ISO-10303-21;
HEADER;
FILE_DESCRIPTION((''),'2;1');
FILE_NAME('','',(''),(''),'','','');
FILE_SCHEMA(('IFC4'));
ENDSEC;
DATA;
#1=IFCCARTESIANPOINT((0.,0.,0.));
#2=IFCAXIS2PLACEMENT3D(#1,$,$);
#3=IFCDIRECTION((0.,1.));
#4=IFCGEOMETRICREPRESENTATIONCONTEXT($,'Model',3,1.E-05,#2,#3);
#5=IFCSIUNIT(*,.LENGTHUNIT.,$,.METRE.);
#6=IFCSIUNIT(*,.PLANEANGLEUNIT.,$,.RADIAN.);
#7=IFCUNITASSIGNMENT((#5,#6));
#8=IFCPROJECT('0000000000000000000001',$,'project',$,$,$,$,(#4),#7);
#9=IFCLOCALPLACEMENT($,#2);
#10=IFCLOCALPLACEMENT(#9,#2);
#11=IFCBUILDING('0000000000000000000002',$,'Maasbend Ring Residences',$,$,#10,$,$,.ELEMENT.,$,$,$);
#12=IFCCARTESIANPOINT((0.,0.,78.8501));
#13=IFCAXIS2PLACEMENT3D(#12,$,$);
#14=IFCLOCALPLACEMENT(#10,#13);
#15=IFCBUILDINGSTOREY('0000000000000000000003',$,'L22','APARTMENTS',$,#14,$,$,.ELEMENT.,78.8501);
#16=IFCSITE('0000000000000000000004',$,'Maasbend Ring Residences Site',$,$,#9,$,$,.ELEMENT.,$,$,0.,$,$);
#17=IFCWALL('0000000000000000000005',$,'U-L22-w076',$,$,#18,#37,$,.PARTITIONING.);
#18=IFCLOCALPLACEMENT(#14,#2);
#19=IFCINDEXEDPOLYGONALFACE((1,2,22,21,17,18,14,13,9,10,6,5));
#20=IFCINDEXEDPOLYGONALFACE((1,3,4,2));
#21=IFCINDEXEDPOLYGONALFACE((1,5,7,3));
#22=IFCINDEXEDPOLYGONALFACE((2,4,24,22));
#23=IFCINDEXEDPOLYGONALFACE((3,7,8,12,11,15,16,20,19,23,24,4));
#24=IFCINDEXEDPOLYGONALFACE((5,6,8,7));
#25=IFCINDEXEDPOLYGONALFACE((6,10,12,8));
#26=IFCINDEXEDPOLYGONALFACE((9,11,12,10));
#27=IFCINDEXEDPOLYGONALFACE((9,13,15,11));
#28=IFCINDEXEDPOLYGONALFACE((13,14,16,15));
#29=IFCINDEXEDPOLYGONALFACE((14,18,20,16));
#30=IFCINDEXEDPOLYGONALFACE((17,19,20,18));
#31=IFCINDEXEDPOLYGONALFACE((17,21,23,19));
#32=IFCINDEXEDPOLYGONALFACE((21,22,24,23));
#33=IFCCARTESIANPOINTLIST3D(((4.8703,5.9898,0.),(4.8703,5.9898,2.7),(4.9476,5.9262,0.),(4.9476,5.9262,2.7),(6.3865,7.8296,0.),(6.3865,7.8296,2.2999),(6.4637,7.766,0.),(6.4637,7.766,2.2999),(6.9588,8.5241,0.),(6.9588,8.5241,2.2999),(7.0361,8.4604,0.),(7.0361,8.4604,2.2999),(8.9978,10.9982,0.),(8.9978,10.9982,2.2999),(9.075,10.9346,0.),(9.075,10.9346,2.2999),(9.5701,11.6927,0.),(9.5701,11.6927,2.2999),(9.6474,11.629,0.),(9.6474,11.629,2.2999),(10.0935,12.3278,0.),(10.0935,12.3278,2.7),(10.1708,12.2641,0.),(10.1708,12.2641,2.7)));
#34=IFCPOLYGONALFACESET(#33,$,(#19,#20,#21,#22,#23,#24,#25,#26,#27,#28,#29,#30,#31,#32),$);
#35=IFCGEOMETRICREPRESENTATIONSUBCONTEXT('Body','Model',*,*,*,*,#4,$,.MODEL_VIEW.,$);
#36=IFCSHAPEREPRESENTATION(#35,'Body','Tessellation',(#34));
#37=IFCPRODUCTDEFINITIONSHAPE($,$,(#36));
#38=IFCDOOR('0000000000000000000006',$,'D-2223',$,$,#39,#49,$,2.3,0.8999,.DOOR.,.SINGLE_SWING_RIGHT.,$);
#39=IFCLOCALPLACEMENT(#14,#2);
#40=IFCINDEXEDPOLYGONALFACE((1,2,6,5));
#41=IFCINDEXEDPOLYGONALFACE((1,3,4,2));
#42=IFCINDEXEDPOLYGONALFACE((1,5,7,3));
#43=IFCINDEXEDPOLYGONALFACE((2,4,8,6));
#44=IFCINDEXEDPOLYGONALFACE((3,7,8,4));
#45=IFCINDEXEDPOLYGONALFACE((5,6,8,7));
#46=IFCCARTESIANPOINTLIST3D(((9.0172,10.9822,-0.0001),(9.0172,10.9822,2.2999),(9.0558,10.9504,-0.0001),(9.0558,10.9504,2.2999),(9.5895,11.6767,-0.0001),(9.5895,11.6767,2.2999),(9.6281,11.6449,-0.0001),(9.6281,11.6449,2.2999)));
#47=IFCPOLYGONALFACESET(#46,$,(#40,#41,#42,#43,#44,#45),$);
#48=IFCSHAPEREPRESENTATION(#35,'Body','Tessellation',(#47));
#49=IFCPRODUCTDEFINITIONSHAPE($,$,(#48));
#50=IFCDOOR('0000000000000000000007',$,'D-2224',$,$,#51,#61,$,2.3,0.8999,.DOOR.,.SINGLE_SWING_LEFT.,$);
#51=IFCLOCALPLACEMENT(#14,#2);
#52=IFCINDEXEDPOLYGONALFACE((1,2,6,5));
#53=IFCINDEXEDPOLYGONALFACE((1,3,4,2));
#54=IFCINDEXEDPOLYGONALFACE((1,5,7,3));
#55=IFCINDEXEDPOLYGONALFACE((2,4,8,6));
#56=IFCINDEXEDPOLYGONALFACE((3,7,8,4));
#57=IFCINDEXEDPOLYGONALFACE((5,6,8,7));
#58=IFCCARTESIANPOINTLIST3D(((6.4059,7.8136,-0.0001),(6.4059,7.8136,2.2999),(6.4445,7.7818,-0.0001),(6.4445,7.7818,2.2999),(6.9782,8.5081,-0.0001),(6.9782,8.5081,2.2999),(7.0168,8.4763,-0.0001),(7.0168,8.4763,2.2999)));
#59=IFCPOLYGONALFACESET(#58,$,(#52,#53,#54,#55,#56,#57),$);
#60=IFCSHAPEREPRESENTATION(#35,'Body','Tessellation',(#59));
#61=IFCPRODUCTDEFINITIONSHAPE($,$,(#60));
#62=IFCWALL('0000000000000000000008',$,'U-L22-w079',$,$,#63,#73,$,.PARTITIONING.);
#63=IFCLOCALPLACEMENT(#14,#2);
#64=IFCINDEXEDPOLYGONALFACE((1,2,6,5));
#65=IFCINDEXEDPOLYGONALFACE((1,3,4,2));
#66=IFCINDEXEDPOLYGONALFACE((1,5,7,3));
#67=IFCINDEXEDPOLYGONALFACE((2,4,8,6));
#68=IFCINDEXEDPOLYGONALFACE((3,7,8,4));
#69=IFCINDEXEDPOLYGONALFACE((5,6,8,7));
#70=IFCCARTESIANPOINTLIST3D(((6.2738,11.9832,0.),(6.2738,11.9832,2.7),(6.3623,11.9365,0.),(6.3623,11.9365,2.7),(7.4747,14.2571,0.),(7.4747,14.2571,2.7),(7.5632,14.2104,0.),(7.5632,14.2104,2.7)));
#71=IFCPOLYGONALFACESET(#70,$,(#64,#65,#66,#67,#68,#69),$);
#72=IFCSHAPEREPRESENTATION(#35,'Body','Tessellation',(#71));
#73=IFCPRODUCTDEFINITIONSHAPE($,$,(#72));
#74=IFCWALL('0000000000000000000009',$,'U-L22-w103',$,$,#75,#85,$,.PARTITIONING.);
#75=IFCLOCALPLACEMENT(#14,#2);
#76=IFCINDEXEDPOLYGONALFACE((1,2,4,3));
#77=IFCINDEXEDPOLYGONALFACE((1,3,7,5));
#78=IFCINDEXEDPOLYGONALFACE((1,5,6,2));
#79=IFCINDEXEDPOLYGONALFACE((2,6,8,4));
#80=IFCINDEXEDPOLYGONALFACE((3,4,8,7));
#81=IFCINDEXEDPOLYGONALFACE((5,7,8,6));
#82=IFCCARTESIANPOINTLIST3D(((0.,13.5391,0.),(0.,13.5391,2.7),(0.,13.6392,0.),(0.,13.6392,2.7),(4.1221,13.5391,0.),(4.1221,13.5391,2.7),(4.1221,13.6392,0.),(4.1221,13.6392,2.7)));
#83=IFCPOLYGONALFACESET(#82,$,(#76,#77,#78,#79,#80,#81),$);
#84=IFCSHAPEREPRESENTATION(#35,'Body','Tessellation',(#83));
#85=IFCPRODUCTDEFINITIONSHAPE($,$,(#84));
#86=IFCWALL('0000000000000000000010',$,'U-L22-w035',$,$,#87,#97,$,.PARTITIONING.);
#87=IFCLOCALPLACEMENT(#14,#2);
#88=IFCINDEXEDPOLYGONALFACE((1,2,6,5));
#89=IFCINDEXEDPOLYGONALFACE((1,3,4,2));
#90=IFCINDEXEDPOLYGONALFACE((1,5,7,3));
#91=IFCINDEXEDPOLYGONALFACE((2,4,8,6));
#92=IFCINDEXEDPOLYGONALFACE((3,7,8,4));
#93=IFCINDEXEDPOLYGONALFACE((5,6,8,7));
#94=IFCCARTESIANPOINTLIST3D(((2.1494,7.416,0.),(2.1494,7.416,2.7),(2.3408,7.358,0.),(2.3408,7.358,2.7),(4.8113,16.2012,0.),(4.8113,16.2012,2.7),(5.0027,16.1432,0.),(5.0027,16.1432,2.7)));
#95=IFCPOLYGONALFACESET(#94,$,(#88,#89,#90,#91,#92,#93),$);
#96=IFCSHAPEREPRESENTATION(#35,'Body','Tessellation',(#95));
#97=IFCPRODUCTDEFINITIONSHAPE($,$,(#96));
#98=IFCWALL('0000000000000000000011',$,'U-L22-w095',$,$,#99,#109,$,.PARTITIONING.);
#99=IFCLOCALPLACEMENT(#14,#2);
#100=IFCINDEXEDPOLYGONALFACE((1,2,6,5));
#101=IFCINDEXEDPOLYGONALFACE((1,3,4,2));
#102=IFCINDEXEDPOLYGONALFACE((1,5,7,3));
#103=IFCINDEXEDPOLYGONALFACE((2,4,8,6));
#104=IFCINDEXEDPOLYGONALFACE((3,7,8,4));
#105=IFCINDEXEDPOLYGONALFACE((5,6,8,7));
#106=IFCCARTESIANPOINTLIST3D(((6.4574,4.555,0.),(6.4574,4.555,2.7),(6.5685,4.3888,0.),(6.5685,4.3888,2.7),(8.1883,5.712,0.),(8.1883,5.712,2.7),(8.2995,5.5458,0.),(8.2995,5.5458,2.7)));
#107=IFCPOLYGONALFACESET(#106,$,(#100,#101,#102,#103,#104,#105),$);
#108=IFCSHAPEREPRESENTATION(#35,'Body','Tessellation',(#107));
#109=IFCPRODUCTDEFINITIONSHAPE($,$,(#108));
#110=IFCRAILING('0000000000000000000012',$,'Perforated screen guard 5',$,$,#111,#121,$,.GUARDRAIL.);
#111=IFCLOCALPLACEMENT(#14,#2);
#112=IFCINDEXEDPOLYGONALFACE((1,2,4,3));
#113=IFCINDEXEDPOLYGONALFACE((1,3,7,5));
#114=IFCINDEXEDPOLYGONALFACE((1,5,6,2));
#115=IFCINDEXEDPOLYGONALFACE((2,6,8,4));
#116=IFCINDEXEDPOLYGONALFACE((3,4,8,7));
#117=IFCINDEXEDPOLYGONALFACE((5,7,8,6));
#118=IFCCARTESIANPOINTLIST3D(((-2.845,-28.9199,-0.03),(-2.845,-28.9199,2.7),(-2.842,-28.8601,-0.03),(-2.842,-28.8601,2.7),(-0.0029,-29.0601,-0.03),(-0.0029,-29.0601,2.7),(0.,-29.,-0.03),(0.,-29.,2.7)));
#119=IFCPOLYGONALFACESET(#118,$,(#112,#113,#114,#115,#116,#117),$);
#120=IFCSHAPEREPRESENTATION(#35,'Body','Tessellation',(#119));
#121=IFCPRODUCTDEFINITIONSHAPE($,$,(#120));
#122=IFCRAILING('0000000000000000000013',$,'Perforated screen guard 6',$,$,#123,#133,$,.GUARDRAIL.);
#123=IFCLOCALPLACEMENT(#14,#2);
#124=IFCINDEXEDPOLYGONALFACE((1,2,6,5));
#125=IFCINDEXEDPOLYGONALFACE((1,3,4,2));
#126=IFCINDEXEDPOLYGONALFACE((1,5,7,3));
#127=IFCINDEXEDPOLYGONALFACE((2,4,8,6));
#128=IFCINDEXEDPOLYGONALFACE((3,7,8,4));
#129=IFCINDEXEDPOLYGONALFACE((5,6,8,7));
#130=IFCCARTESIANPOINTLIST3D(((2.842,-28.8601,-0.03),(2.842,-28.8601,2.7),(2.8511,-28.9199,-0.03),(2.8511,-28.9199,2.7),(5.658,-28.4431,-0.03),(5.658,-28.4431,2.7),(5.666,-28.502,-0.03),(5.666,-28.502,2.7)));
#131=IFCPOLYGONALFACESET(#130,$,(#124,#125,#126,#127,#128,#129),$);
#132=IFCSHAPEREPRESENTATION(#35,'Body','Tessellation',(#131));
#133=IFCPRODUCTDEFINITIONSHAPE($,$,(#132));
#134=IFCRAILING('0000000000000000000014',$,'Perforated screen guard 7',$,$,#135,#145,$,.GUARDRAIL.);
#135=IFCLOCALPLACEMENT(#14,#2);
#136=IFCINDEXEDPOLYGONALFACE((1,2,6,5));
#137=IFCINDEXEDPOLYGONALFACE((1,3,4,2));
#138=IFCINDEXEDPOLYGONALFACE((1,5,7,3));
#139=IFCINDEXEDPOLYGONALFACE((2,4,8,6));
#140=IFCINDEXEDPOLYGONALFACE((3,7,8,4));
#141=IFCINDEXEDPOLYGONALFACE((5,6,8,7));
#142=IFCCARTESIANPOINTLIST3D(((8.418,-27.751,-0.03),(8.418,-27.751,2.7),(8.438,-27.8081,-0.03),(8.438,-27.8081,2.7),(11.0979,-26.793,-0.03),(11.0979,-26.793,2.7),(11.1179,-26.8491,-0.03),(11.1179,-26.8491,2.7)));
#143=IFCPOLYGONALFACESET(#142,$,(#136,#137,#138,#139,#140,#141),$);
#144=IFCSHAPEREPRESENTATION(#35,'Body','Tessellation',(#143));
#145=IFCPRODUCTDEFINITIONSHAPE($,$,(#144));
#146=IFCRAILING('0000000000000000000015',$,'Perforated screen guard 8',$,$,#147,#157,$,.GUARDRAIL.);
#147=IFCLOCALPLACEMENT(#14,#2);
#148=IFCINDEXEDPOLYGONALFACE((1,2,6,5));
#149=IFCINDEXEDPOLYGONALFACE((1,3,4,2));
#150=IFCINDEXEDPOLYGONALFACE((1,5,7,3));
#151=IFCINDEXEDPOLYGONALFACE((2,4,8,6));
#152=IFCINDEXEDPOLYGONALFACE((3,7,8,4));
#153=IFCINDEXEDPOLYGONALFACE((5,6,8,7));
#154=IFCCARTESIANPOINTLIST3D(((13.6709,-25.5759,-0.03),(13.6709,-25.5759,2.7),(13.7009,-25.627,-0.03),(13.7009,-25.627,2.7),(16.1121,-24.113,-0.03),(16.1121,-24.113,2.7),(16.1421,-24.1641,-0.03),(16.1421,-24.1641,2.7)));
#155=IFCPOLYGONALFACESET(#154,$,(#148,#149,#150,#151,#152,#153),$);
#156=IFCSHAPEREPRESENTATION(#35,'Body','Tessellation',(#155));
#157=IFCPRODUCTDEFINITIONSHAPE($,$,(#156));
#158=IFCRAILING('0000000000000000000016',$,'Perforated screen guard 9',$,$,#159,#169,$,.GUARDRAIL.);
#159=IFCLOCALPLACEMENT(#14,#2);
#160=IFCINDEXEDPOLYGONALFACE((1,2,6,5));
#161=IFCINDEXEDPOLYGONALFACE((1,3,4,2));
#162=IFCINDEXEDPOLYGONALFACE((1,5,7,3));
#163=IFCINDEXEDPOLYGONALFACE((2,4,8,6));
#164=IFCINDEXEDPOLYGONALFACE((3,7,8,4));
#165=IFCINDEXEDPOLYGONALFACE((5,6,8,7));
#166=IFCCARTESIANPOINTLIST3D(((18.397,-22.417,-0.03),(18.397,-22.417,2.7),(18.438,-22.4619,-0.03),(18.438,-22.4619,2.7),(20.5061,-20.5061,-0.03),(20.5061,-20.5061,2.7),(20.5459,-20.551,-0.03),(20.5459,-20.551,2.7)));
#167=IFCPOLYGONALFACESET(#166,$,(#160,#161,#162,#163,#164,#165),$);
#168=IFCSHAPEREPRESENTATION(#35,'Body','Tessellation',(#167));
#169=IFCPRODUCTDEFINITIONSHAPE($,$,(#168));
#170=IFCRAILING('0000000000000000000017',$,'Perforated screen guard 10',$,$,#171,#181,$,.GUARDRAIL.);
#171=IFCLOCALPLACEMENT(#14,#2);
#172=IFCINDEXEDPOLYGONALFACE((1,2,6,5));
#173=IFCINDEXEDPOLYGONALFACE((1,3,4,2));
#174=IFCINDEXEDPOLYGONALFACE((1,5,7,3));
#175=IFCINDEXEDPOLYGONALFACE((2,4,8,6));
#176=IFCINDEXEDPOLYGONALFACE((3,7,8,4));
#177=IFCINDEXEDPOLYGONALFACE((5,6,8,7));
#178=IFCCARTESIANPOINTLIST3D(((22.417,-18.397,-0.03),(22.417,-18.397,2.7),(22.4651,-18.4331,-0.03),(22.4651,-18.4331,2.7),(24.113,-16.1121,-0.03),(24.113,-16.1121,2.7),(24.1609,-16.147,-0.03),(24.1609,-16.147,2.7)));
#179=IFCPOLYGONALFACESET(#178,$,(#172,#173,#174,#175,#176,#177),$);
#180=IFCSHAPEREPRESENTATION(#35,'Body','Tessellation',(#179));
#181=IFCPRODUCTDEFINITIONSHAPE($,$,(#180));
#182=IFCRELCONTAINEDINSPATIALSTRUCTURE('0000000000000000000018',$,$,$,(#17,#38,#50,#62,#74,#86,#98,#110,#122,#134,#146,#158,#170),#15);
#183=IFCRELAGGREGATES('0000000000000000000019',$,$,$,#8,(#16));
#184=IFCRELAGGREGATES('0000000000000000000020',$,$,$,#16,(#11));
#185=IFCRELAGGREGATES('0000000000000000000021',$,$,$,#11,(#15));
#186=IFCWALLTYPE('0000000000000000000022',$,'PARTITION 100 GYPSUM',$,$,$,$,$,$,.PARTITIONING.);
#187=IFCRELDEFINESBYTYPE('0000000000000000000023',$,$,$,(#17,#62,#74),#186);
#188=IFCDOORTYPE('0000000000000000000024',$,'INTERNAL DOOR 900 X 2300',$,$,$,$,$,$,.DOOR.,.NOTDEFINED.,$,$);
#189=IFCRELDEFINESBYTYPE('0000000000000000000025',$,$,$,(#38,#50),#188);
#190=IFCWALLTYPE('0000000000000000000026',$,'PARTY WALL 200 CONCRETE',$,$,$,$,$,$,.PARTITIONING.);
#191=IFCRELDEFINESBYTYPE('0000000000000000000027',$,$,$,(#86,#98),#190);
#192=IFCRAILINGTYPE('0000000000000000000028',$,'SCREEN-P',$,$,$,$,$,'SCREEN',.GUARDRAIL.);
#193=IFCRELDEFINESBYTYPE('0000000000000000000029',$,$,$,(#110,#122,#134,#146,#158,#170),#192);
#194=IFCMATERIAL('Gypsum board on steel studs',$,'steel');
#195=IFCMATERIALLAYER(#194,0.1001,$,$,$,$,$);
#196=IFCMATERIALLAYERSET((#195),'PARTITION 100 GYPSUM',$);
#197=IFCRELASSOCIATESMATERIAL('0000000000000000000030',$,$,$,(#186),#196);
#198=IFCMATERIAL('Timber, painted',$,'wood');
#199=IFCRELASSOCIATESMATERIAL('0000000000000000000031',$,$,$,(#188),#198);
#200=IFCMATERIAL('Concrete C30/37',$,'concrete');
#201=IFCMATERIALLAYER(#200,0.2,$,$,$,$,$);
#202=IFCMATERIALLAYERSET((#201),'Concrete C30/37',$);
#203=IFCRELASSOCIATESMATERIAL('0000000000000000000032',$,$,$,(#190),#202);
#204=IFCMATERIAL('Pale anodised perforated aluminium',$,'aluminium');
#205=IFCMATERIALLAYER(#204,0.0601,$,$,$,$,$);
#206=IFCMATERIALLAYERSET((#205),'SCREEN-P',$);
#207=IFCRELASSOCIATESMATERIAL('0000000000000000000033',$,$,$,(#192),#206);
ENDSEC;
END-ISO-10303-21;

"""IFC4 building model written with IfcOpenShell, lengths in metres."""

from ifc_helpers import new_model, si_unit, direction, frame, frame_2d, origin, place, context, subcontext, project, spatial, polyline, rectangle, outline, extrude, material, layer, layer_set, type_object, element, fill, save


model = new_model("IFC4")

# Units and contexts
model_context = context("Model", 3, precision=1e-05, world=origin(), true_north=direction((0.0, 1.0)))
body_context = subcontext(model_context, "Body", "Model", "MODEL_VIEW")
ifc_project = project(units=[si_unit("LENGTHUNIT", "METRE"), si_unit("PLANEANGLEUNIT", "RADIAN")], contexts=[model_context])

# Site, building, storey
site_placement = place(None, origin())
site = spatial("IfcSite", under=ifc_project, at=site_placement, Name="Maasbend Ring Residences Site", CompositionType="ELEMENT", RefElevation=0.0)
building_placement = place(site_placement, origin())
building = spatial("IfcBuilding", under=site, at=building_placement, Name="Maasbend Ring Residences", CompositionType="ELEMENT")
storey_placement = place(building_placement, frame((0.0, 0.0, 78.8501)))
storey = spatial("IfcBuildingStorey", under=building, at=storey_placement, Name="L22", Description="APARTMENTS", CompositionType="ELEMENT", Elevation=78.8501)

# Shared definitions
ifc_material_1 = material(Name="Gypsum board on steel studs", Category="steel")
ifc_layer_1 = layer(ifc_material_1, 0.1001)
ifc_layer_set_1 = layer_set([ifc_layer_1], Name="PARTITION 100 GYPSUM")
wall_type_1 = type_object("IfcWallType", Name="PARTITION 100 GYPSUM", PredefinedType="PARTITIONING", material=ifc_layer_set_1)
ifc_material_2 = material(Name="Timber, painted", Category="wood")
door_type = type_object("IfcDoorType", Name="INTERNAL DOOR 900 X 2300", OperationType="NOTDEFINED", PredefinedType="DOOR", material=ifc_material_2)

# Wall, openings, doors
wall_1_placement = place(storey_placement, frame((4.9089, 5.958, 0.0), z_axis=(0.0, 0.0, 1.0), x_axis=(0.635976, 0.771709, 0.0)))
wall_1 = element("IfcWall", 1, at=wall_1_placement, inside=storey, type_object=wall_type_1, Name="U-L22-w076", PredefinedType="PARTITIONING", context=body_context, shape_type="SweptSolid", body=[
    extrude(rectangle(XDim=8.2129, YDim=0.1001, at=frame_2d((4.1064, 0.0))), origin(), (0.0, 0.0, 1.0), 2.7),
])
opening_1_placement = place(wall_1_placement, frame((6.49, 0.0, 0.0)))
opening_1 = element("IfcOpeningElement", 2, at=opening_1_placement, cuts=wall_1, PredefinedType="OPENING", context=body_context, shape_type="SweptSolid", body=[
    extrude(rectangle(XDim=0.8999, YDim=2.3, at=frame_2d((0.45, 1.1499))), frame((0.0, 0.0601, 0.0), z_axis=(0.0, -1.0, 0.0), x_axis=(1.0, 0.0, 0.0)), (0.0, 0.0, 1.0), 0.1201),
])
opening_2_placement = place(wall_1_placement, frame((2.384, 0.0, 0.0)))
opening_2 = element("IfcOpeningElement", 3, at=opening_2_placement, cuts=wall_1, PredefinedType="OPENING", context=body_context, shape_type="SweptSolid", body=[
    extrude(rectangle(XDim=0.8999, YDim=2.3, at=frame_2d((0.45, 1.1499))), frame((0.0, 0.0601, 0.0), z_axis=(0.0, -1.0, 0.0), x_axis=(1.0, 0.0, 0.0)), (0.0, 0.0, 1.0), 0.1201),
])
door_1_placement = place(opening_1_placement, origin())
door_1 = element("IfcDoor", 4, at=door_1_placement, inside=storey, type_object=door_type, Name="D-2223", OperationType="SINGLE_SWING_RIGHT", OverallHeight=2.3, OverallWidth=0.8999, PredefinedType="DOOR", context=body_context, shape_type="SweptSolid", body=[
    extrude(rectangle(XDim=0.8999, YDim=2.3, at=frame_2d((0.45, 1.1499))), frame((0.0, 0.0249, 0.0), z_axis=(0.0, -1.0, 0.0), x_axis=(1.0, 0.0, 0.0)), (0.0, 0.0, 1.0), 0.05),
])
fill(opening_1, door_1)
door_2_placement = place(opening_2_placement, origin())
door_2 = element("IfcDoor", 5, at=door_2_placement, inside=storey, type_object=door_type, Name="D-2224", OperationType="SINGLE_SWING_LEFT", OverallHeight=2.3, OverallWidth=0.8999, PredefinedType="DOOR", context=body_context, shape_type="SweptSolid", body=[
    extrude(rectangle(XDim=0.8999, YDim=2.3, at=frame_2d((0.45, 1.1499))), frame((0.0, 0.0249, 0.0), z_axis=(0.0, -1.0, 0.0), x_axis=(1.0, 0.0, 0.0)), (0.0, 0.0, 1.0), 0.05),
])
fill(opening_2, door_2)

# Walls
wall_2_placement = place(storey_placement, frame((6.3181, 11.96, 0.0), z_axis=(0.0, 0.0, 1.0), x_axis=(0.467002, 0.884256, 0.0)))
element("IfcWall", 6, at=wall_2_placement, inside=storey, type_object=wall_type_1, Name="U-L22-w079", PredefinedType="PARTITIONING", context=body_context, shape_type="SweptSolid", body=[
    extrude(rectangle(XDim=2.5715, YDim=0.1001, at=frame_2d((1.2856, 0.0))), origin(), (0.0, 0.0, 1.0), 2.7),
])
wall_3_placement = place(storey_placement, frame((0.0, 13.5891, 0.0), z_axis=(0.0, 0.0, 1.0), x_axis=(1.0, 0.0, 0.0)))
element("IfcWall", 7, at=wall_3_placement, inside=storey, type_object=wall_type_1, Name="U-L22-w103", PredefinedType="PARTITIONING", context=body_context, shape_type="SweptSolid", body=[
    extrude(rectangle(XDim=4.1221, YDim=0.1001, at=frame_2d((2.061, 0.0))), origin(), (0.0, 0.0, 1.0), 2.7),
])
ifc_material_3 = material(Name="Concrete C30/37", Category="concrete")
ifc_layer_2 = layer(ifc_material_3, 0.2)
ifc_layer_set_2 = layer_set([ifc_layer_2], Name="Concrete C30/37")
wall_type_2 = type_object("IfcWallType", Name="PARTY WALL 200 CONCRETE", PredefinedType="PARTITIONING", material=ifc_layer_set_2)
wall_4_placement = place(storey_placement, frame((2.2451, 7.387, 0.0), z_axis=(0.0, 0.0, 1.0), x_axis=(0.289977, 0.957034, 0.0)))
element("IfcWall", 8, at=wall_4_placement, inside=storey, type_object=wall_type_2, Name="U-L22-w035", PredefinedType="PARTITIONING", context=body_context, shape_type="SweptSolid", body=[
    extrude(rectangle(XDim=9.1797, YDim=0.2, at=frame_2d((4.5898, 0.0))), origin(), (0.0, 0.0, 1.0), 2.7),
])
wall_5_placement = place(storey_placement, frame((6.5129, 4.4719, 0.0), z_axis=(0.0, 0.0, 1.0), x_axis=(0.831382, 0.555701, 0.0)))
element("IfcWall", 9, at=wall_5_placement, inside=storey, type_object=wall_type_2, Name="U-L22-w095", PredefinedType="PARTITIONING", context=body_context, shape_type="SweptSolid", body=[
    extrude(rectangle(XDim=2.082, YDim=0.2, at=frame_2d((1.041, 0.0))), origin(), (0.0, 0.0, 1.0), 2.7),
])

# Railings
ifc_material_4 = material(Name="Pale anodised perforated aluminium", Category="aluminium")
ifc_layer_3 = layer(ifc_material_4, 0.0601)
ifc_layer_set_3 = layer_set([ifc_layer_3], Name="SCREEN-P")
railing_type = type_object("IfcRailingType", Name="SCREEN-P", ElementType="SCREEN", PredefinedType="GUARDRAIL", material=ifc_layer_set_3)
railing_1_placement = place(storey_placement, frame((0.0, 0.0, -0.03)))
element("IfcRailing", 10, at=railing_1_placement, inside=storey, type_object=railing_type, Name="Perforated screen guard 5", PredefinedType="GUARDRAIL", context=body_context, shape_type="SweptSolid", body=[
    extrude(outline(polyline([(-2.842, -28.8601), (0.0, -29.0), (-0.0029, -29.0601), (-2.845, -28.9199), (-2.842, -28.8601)])), origin(), (0.0, 0.0, 1.0), 2.73),
])
railing_2_placement = place(storey_placement, frame((0.0, 0.0, -0.03)))
element("IfcRailing", 11, at=railing_2_placement, inside=storey, type_object=railing_type, Name="Perforated screen guard 6", PredefinedType="GUARDRAIL", context=body_context, shape_type="SweptSolid", body=[
    extrude(outline(polyline([(2.842, -28.8601), (5.658, -28.4431), (5.666, -28.502), (2.8511, -28.9199), (2.842, -28.8601)])), origin(), (0.0, 0.0, 1.0), 2.73),
])
railing_3_placement = place(storey_placement, frame((0.0, 0.0, -0.03)))
element("IfcRailing", 12, at=railing_3_placement, inside=storey, type_object=railing_type, Name="Perforated screen guard 7", PredefinedType="GUARDRAIL", context=body_context, shape_type="SweptSolid", body=[
    extrude(outline(polyline([(8.418, -27.751), (11.0979, -26.793), (11.1179, -26.8491), (8.438, -27.8081), (8.418, -27.751)])), origin(), (0.0, 0.0, 1.0), 2.73),
])
railing_4_placement = place(storey_placement, frame((0.0, 0.0, -0.03)))
element("IfcRailing", 13, at=railing_4_placement, inside=storey, type_object=railing_type, Name="Perforated screen guard 8", PredefinedType="GUARDRAIL", context=body_context, shape_type="SweptSolid", body=[
    extrude(outline(polyline([(13.6709, -25.5759), (16.1121, -24.113), (16.1421, -24.1641), (13.7009, -25.627), (13.6709, -25.5759)])), origin(), (0.0, 0.0, 1.0), 2.73),
])
railing_5_placement = place(storey_placement, frame((0.0, 0.0, -0.03)))
element("IfcRailing", 14, at=railing_5_placement, inside=storey, type_object=railing_type, Name="Perforated screen guard 9", PredefinedType="GUARDRAIL", context=body_context, shape_type="SweptSolid", body=[
    extrude(outline(polyline([(18.397, -22.417), (20.5061, -20.5061), (20.5459, -20.551), (18.438, -22.4619), (18.397, -22.417)])), origin(), (0.0, 0.0, 1.0), 2.73),
])
railing_6_placement = place(storey_placement, frame((0.0, 0.0, -0.03)))
element("IfcRailing", 15, at=railing_6_placement, inside=storey, type_object=railing_type, Name="Perforated screen guard 10", PredefinedType="GUARDRAIL", context=body_context, shape_type="SweptSolid", body=[
    extrude(outline(polyline([(22.417, -18.397), (24.113, -16.1121), (24.1609, -16.147), (22.4651, -18.4331), (22.417, -18.397)])), origin(), (0.0, 0.0, 1.0), 2.73),
])

save(model, "model.ifc")
